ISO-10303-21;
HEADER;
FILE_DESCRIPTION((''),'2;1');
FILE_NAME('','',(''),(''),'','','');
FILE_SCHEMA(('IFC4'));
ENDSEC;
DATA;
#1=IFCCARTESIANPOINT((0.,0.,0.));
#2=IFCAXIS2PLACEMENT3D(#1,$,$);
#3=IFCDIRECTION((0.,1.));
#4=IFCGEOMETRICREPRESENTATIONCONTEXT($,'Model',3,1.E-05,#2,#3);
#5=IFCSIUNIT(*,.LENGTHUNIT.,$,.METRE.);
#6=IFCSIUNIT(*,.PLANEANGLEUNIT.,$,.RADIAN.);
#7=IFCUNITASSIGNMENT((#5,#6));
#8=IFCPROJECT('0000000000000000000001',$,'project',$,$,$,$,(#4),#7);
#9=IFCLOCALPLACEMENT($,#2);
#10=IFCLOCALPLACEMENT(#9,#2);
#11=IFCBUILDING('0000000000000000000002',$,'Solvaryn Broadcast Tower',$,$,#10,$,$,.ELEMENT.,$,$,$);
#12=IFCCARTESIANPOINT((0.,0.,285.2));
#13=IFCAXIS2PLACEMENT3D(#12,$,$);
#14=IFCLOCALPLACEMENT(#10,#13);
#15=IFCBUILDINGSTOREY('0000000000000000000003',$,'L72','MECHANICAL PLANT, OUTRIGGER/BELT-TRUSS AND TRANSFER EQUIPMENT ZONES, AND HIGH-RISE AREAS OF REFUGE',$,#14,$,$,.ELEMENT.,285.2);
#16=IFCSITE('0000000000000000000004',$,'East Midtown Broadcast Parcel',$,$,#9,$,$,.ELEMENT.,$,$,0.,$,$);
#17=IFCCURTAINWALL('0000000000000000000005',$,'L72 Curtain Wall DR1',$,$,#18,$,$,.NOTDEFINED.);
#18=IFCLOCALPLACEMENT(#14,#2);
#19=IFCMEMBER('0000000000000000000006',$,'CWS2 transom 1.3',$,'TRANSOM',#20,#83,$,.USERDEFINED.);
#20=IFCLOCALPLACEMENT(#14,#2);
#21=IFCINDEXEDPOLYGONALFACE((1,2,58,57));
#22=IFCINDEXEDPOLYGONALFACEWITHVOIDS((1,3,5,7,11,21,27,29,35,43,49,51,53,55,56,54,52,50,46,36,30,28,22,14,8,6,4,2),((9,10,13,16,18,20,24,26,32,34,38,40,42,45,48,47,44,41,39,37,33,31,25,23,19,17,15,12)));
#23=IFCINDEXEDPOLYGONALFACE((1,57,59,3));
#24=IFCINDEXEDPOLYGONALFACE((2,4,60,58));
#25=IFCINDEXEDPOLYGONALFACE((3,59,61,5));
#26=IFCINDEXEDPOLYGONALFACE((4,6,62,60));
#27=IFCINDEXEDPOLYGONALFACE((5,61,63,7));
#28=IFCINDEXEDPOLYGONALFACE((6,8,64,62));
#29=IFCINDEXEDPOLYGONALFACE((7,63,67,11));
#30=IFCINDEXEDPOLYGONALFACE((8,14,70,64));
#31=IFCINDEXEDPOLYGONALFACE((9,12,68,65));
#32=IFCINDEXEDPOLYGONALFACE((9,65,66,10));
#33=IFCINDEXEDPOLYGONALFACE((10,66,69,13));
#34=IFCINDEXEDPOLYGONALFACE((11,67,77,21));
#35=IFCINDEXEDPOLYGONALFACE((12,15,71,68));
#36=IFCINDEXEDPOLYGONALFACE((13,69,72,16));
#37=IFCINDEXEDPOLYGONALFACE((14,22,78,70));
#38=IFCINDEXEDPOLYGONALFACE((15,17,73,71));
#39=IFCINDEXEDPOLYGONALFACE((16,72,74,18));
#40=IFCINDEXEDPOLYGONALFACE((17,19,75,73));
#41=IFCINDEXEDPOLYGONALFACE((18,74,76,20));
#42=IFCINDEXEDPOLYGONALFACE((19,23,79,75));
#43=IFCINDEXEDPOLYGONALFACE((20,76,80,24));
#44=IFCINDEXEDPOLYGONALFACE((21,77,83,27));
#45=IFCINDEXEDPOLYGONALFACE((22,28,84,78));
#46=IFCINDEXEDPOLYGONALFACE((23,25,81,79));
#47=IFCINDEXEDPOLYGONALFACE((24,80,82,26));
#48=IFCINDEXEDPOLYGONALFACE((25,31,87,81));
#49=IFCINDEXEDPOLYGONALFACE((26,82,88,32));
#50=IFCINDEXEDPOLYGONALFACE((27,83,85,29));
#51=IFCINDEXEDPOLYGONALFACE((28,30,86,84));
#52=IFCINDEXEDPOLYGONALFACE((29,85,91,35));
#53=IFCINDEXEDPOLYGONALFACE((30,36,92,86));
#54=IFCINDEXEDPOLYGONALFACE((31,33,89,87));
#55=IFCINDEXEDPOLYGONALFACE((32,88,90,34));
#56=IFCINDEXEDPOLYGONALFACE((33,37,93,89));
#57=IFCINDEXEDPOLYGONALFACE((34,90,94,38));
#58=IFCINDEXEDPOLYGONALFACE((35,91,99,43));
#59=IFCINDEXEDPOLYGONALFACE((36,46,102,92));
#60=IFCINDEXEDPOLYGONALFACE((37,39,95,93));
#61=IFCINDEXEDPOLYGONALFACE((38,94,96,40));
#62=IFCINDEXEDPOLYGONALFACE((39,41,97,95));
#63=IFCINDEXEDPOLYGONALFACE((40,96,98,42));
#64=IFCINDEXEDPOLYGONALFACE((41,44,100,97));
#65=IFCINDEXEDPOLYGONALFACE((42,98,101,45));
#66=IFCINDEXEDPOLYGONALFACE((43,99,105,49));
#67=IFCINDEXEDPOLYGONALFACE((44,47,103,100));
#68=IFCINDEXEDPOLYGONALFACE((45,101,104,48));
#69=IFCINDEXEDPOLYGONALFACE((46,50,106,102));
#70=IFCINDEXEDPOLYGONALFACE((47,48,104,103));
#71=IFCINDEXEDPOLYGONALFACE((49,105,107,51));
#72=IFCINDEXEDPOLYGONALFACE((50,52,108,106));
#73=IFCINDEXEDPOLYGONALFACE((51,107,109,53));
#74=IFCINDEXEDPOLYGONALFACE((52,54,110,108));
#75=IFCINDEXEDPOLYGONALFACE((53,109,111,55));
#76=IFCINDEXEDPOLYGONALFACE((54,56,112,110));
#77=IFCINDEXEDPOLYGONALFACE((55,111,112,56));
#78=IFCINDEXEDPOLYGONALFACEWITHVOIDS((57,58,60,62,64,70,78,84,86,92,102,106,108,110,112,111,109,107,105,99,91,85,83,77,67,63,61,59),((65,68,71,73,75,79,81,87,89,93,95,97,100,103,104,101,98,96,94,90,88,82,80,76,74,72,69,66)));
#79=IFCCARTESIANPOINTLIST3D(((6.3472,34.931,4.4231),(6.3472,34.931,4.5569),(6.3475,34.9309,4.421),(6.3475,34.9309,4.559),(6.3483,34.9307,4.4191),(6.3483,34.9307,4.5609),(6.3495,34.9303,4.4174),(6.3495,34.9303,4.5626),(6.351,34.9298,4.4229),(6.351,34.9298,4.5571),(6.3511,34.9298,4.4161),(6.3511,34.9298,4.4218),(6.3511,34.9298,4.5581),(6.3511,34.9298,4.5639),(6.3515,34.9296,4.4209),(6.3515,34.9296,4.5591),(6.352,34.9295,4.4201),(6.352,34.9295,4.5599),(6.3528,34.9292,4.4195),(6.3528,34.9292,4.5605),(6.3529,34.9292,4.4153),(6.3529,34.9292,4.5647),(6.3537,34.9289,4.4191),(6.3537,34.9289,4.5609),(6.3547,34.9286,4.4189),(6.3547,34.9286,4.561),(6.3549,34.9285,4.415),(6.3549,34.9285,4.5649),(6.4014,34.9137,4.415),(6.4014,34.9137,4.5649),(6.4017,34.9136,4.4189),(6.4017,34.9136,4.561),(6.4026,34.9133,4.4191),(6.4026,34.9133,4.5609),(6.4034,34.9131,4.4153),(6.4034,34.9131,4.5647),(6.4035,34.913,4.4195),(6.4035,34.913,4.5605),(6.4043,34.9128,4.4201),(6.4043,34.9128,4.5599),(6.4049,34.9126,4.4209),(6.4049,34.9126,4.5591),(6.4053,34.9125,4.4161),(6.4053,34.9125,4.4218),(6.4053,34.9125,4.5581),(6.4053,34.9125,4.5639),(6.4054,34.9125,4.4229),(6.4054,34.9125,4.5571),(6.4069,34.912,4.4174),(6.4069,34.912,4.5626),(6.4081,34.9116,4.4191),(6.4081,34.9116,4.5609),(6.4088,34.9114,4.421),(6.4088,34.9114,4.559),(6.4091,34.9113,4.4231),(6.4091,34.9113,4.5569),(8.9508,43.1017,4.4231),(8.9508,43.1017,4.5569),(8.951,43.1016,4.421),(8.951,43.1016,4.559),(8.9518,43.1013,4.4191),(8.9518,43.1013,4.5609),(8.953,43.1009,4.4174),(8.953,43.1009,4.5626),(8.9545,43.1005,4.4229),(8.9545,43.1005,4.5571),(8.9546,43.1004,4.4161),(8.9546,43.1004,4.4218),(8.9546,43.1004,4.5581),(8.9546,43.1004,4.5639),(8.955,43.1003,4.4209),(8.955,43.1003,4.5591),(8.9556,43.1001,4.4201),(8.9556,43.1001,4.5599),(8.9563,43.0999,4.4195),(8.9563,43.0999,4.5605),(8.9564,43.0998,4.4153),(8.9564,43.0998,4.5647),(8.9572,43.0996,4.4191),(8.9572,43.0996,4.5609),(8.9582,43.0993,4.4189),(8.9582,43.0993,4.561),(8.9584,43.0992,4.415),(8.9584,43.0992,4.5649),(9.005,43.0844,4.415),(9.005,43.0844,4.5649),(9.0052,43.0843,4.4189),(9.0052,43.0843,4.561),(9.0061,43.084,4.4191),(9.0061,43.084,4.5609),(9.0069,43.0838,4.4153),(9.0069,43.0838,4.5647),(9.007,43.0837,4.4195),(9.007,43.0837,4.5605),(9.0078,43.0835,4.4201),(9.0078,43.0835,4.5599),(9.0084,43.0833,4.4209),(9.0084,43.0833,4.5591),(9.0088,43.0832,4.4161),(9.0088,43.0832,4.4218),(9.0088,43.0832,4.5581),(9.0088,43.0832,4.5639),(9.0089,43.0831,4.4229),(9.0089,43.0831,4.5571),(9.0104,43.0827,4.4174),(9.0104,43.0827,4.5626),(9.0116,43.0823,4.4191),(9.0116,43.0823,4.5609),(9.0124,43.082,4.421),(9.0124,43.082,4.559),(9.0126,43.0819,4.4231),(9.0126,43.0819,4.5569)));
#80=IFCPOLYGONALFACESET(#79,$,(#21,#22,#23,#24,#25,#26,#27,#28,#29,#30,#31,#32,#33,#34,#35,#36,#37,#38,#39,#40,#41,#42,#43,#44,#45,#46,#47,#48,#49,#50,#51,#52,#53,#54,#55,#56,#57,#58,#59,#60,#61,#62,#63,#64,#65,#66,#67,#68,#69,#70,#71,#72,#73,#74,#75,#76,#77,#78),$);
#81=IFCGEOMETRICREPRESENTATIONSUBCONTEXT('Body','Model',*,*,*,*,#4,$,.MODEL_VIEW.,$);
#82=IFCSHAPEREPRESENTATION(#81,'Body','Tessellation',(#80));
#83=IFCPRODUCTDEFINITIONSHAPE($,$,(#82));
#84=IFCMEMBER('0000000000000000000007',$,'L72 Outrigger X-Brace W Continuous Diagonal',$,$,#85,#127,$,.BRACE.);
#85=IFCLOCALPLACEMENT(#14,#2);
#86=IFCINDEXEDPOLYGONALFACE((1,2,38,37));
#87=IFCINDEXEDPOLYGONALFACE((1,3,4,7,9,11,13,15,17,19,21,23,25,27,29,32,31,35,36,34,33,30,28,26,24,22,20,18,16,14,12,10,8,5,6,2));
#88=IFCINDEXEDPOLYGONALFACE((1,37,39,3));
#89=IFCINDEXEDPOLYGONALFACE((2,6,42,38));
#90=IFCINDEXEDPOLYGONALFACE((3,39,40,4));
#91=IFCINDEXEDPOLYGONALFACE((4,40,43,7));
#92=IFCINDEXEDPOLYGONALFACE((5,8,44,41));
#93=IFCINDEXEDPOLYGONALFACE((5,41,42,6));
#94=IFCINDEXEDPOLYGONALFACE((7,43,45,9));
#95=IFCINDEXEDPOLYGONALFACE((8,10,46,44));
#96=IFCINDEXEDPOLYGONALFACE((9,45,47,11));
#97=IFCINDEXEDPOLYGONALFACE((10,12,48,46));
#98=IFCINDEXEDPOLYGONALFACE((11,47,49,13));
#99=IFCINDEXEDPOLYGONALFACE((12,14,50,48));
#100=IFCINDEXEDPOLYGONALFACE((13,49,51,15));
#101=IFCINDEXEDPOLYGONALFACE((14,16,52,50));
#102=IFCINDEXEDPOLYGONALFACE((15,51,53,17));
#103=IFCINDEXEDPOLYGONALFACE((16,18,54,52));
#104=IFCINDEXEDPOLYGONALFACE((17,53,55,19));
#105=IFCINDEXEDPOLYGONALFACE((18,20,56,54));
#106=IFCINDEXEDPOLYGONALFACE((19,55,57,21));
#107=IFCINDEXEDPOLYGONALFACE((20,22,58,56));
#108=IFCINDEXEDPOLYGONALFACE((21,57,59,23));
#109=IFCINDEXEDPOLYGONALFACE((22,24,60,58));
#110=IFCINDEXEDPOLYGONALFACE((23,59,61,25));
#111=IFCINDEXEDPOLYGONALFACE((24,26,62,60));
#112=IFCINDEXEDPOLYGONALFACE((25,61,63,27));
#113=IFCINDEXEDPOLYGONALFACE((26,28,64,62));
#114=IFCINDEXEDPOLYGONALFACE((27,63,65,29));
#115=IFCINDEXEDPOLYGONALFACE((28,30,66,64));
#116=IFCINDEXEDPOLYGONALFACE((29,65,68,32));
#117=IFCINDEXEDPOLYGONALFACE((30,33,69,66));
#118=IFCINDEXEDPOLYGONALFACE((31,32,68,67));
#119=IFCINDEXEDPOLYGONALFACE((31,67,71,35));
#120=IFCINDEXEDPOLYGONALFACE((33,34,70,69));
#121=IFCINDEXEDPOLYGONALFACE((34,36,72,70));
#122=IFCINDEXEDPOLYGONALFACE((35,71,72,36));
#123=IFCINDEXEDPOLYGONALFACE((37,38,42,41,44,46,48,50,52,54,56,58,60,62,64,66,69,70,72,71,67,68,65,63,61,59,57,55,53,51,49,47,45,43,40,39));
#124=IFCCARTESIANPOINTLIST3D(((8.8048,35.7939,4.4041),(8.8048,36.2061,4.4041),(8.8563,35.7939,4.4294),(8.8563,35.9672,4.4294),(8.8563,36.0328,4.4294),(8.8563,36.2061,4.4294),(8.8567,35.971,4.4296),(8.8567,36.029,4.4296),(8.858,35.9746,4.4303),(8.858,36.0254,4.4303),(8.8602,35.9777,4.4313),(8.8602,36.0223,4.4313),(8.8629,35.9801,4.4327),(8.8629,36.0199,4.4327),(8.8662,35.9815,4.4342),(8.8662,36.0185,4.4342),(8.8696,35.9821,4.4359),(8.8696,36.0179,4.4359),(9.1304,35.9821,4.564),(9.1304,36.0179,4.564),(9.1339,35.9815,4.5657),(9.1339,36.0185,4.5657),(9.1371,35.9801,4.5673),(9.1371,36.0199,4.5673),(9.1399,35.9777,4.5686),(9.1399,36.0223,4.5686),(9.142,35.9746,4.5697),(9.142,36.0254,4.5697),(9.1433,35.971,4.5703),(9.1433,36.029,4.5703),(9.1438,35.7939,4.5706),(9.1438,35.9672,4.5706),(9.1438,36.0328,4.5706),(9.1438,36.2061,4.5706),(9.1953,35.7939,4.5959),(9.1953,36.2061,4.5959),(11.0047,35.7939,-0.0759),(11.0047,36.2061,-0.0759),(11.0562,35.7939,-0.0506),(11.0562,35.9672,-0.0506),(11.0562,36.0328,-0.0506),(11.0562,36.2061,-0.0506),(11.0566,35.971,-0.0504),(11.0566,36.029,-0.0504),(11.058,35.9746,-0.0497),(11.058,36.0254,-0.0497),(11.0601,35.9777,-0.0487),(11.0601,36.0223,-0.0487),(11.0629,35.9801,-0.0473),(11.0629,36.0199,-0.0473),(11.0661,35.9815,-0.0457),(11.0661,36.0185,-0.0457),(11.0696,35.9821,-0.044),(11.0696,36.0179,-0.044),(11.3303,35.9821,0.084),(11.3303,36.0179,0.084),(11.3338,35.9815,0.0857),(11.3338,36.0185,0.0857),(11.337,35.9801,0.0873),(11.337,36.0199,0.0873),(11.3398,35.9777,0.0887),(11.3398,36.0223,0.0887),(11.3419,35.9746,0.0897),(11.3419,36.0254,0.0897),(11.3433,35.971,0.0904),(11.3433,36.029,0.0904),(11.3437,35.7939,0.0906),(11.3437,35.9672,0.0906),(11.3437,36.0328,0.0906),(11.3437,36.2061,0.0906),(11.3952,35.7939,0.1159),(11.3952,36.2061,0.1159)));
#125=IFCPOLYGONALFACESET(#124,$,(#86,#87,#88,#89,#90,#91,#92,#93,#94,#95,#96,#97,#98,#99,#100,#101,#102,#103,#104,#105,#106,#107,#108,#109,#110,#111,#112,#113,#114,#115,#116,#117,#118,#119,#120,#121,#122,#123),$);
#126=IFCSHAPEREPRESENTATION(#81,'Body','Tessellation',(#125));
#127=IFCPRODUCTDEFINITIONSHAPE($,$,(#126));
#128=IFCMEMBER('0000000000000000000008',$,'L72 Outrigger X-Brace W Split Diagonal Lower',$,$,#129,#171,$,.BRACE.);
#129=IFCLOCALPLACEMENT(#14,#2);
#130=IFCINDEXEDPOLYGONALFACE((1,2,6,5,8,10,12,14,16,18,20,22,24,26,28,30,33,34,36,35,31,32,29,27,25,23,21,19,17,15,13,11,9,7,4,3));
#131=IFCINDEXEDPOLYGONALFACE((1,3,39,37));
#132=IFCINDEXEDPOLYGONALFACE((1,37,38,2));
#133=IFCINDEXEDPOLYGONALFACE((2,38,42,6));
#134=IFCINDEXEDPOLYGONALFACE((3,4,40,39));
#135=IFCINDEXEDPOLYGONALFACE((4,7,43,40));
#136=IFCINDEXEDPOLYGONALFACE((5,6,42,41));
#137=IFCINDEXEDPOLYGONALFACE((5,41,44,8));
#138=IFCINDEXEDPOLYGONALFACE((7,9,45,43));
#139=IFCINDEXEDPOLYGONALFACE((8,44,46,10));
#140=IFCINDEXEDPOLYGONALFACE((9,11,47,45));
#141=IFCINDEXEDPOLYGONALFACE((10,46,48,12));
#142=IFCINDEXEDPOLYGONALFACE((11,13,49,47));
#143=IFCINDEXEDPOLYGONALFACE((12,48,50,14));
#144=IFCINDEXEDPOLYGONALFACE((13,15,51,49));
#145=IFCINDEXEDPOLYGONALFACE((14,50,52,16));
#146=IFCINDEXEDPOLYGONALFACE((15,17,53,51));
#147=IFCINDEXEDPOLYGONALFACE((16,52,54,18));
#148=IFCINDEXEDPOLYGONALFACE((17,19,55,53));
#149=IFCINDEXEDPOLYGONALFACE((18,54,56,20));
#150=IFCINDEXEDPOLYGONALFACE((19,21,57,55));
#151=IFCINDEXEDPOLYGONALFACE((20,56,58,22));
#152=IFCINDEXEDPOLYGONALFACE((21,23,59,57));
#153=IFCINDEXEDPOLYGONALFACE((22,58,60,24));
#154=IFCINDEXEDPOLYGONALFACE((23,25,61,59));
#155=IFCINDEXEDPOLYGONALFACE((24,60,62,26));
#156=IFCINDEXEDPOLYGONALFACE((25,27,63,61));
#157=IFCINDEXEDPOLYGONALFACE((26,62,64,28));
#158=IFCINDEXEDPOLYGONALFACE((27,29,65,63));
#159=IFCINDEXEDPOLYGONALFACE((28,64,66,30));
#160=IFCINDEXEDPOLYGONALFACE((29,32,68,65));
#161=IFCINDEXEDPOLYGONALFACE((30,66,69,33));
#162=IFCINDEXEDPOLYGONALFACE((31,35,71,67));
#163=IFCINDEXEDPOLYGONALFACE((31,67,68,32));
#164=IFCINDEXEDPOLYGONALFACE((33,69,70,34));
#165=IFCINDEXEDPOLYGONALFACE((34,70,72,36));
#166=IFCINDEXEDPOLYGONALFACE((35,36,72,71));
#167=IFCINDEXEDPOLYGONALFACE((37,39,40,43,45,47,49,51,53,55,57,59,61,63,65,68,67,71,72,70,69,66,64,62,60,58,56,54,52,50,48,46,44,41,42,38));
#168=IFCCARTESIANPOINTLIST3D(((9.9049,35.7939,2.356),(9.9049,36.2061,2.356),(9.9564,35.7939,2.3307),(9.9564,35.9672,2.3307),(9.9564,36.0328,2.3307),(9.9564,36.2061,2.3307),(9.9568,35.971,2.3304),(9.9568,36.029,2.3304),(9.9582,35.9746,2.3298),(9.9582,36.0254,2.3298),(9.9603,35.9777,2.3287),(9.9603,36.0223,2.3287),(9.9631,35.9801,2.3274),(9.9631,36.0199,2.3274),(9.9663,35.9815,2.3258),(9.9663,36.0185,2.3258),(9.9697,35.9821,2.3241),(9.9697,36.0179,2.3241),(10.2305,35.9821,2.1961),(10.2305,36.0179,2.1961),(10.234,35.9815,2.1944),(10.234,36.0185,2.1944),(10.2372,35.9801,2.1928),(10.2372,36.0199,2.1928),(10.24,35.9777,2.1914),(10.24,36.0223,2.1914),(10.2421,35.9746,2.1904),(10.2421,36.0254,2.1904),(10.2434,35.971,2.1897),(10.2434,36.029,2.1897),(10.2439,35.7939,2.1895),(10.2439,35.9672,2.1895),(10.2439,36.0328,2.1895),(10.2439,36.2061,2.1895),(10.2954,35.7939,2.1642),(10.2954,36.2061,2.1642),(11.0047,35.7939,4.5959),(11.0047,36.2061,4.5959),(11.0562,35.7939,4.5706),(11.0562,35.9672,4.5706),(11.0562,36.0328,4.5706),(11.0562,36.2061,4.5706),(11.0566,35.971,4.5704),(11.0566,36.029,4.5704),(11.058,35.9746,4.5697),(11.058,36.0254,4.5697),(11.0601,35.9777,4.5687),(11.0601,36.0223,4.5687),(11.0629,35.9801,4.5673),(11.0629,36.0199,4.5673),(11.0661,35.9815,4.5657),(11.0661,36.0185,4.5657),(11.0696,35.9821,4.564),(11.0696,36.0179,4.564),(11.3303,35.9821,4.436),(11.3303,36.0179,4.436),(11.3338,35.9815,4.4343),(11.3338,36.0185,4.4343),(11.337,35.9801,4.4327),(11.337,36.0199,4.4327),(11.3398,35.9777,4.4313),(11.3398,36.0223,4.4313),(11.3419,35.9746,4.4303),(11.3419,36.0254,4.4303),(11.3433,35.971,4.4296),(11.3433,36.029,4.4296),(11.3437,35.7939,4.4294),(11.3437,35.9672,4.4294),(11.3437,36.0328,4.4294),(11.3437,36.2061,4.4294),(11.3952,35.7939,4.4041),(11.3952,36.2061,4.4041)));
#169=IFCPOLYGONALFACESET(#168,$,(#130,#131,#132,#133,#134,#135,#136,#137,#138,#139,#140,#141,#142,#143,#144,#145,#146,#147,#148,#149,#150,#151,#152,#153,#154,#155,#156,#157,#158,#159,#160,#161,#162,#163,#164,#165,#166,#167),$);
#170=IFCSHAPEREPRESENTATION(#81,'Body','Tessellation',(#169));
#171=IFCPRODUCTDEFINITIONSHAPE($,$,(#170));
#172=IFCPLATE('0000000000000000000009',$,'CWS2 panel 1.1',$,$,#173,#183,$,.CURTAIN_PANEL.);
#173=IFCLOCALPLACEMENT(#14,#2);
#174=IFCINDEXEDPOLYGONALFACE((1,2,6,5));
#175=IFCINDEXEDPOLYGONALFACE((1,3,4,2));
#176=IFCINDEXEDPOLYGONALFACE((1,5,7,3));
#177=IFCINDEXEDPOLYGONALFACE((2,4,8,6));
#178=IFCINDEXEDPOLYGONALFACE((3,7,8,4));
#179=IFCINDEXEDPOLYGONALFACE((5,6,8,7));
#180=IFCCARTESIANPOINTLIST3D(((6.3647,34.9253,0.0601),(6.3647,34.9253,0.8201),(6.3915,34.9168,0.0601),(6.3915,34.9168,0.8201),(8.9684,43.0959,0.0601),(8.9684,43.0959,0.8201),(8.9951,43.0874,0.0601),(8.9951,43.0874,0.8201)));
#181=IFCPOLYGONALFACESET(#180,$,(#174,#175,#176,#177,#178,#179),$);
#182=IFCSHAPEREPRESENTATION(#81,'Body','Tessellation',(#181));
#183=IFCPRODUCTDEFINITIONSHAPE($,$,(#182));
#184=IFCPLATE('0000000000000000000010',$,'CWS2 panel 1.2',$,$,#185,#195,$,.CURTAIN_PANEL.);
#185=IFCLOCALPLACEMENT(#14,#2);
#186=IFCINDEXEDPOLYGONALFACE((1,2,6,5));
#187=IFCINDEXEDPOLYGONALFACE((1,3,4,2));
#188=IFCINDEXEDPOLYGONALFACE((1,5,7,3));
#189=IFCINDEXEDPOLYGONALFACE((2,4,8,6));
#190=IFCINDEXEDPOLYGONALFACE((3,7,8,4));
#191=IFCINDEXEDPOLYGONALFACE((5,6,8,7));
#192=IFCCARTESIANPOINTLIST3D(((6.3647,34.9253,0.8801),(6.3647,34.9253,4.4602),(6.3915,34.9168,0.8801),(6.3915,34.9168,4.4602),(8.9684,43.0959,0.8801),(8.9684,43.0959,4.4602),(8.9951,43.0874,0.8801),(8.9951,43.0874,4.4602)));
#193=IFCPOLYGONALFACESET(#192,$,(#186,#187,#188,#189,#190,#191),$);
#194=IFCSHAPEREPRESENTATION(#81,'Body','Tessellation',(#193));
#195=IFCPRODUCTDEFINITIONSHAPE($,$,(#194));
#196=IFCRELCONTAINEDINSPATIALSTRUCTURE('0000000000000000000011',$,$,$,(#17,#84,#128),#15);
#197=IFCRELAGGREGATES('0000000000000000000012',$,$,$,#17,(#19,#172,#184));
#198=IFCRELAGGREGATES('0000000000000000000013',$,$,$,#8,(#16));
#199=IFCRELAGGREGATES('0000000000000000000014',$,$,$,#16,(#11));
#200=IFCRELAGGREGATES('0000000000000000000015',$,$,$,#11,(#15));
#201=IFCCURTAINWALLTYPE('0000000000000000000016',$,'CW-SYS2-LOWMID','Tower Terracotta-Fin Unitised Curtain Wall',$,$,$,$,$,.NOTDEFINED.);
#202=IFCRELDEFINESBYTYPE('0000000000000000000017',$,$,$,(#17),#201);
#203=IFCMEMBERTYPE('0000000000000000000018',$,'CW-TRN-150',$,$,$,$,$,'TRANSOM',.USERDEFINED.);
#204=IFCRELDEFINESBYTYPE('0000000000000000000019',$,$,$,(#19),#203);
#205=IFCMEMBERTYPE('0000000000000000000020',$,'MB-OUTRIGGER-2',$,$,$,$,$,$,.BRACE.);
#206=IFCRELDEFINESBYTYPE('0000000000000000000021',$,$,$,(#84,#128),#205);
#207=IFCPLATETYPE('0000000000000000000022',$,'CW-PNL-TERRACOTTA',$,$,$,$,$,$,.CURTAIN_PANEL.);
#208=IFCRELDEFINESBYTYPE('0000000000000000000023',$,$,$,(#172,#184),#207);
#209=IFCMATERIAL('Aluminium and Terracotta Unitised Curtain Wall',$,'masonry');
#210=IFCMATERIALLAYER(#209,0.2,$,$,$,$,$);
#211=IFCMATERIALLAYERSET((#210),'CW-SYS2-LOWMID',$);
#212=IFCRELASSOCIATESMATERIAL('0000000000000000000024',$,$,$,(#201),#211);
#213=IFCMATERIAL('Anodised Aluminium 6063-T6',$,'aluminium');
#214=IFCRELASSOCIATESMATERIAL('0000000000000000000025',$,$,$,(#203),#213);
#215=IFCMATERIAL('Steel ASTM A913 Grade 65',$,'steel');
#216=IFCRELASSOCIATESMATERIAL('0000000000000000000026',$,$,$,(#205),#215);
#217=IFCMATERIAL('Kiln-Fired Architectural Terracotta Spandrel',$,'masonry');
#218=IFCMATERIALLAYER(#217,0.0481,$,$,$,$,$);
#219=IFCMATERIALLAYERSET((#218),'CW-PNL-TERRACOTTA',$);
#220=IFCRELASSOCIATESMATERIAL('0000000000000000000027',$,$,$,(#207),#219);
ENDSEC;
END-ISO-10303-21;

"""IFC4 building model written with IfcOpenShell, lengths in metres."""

from ifc_helpers import new_model, si_unit, direction, frame, origin, origin_2d, place, context, subcontext, project, spatial, rectangle, hollow_rectangle, i_section, extrude, material, layer, layer_set, material_profile, profile_set, type_object, element, aggregate, save


model = new_model("IFC4")

# Units and contexts
model_context = context("Model", 3, precision=1e-05, world=origin(), true_north=direction((0.0, 1.0)))
body_context = subcontext(model_context, "Body", "Model", "MODEL_VIEW")
ifc_project = project(units=[si_unit("LENGTHUNIT", "METRE"), si_unit("PLANEANGLEUNIT", "RADIAN")], contexts=[model_context])

# Site, building, storey
site_placement = place(None, origin())
site = spatial("IfcSite", under=ifc_project, at=site_placement, Name="East Midtown Broadcast Parcel", CompositionType="ELEMENT", RefElevation=0.0)
building_placement = place(site_placement, origin())
building = spatial("IfcBuilding", under=site, at=building_placement, Name="Solvaryn Broadcast Tower", CompositionType="ELEMENT")
storey_placement = place(building_placement, frame((0.0, 0.0, 285.2)))
storey = spatial("IfcBuildingStorey", under=building, at=storey_placement, Name="L72", Description="MECHANICAL PLANT, OUTRIGGER/BELT-TRUSS AND TRANSFER EQUIPMENT ZONES, AND HIGH-RISE AREAS OF REFUGE", CompositionType="ELEMENT", Elevation=285.2)

# Curtain wall
ifc_material_1 = material(Name="Aluminium and Terracotta Unitised Curtain Wall", Category="masonry")
ifc_layer_1 = layer(ifc_material_1, 0.2)
ifc_layer_set_1 = layer_set([ifc_layer_1], Name="CW-SYS2-LOWMID")
curtain_wall_type = type_object("IfcCurtainWallType", Name="CW-SYS2-LOWMID", Description="Tower Terracotta-Fin Unitised Curtain Wall", PredefinedType="NOTDEFINED", material=ifc_layer_set_1)
curtain_wall_1_placement = place(storey_placement, origin())
curtain_wall_1 = element("IfcCurtainWall", 1, at=curtain_wall_1_placement, inside=storey, type_object=curtain_wall_type, Name="L72 Curtain Wall DR1", PredefinedType="NOTDEFINED")

# Member
ifc_material_2 = material(Name="Anodised Aluminium 6063-T6", Category="aluminium")
ifc_material_profile_1 = material_profile(ifc_material_2, hollow_rectangle(XDim=0.0649, YDim=0.1499, WallThickness=0.0039, InnerFilletRadius=0.0039, OuterFilletRadius=0.0081, at=origin_2d()))
ifc_profile_set_1 = profile_set([ifc_material_profile_1], Name="Anodised Aluminium 6063-T6")
member_type_1 = type_object("IfcMemberType", Name="CW-TRN-150", ElementType="TRANSOM", PredefinedType="USERDEFINED", material=ifc_profile_set_1)
member_1_placement = place(storey_placement, frame((8.9817, 43.0918, 4.49), z_axis=(-0.303602, -0.952799, 0.0), x_axis=(0.952799, -0.303602, 0.0)))
member_1 = element("IfcMember", 2, at=member_1_placement, type_object=member_type_1, Name="CWS2 transom 1.3", ObjectType="TRANSOM", PredefinedType="USERDEFINED", context=body_context, shape_type="SweptSolid", body=[
    extrude(hollow_rectangle(XDim=0.0649, YDim=0.1499, WallThickness=0.0039, InnerFilletRadius=0.0039, OuterFilletRadius=0.0081, at=origin_2d()), origin(), (0.0, 0.0, 1.0), 8.5754),
])

# Members
ifc_material_3 = material(Name="Steel ASTM A913 Grade 65", Category="steel")
ifc_material_profile_2 = material_profile(ifc_material_3, i_section(OverallWidth=0.4121, OverallDepth=0.4351, WebThickness=0.0359, FlangeThickness=0.0574, FilletRadius=0.0149, at=origin_2d()))
ifc_profile_set_2 = profile_set([ifc_material_profile_2], Name="Steel ASTM A913 Grade 65")
member_type_2 = type_object("IfcMemberType", Name="MB-OUTRIGGER-2", PredefinedType="BRACE", material=ifc_profile_set_2)
member_2_placement = place(storey_placement, frame((11.2, 36.0, 0.02), z_axis=(-0.440784, 0.0, 0.897613), x_axis=(0.0, -1.0, 0.0)))
element("IfcMember", 3, at=member_2_placement, inside=storey, type_object=member_type_2, Name="L72 Outrigger X-Brace W Continuous Diagonal", PredefinedType="BRACE", context=body_context, shape_type="SweptSolid", body=[
    extrude(i_section(OverallWidth=0.4121, OverallDepth=0.4351, WebThickness=0.0359, FlangeThickness=0.0574, FilletRadius=0.0149, at=origin_2d()), origin(), (0.0, 0.0, 1.0), 4.991),
])
member_3_placement = place(storey_placement, frame((11.2, 36.0, 4.5), z_axis=(-0.440745, 0.0, -0.897632), x_axis=(0.0, -1.0, 0.0)))
element("IfcMember", 4, at=member_3_placement, inside=storey, type_object=member_type_2, Name="L72 Outrigger X-Brace W Split Diagonal Lower", PredefinedType="BRACE", context=body_context, shape_type="SweptSolid", body=[
    extrude(i_section(OverallWidth=0.4121, OverallDepth=0.4351, WebThickness=0.0359, FlangeThickness=0.0574, FilletRadius=0.0149, at=origin_2d()), origin(), (0.0, 0.0, 1.0), 2.4954),
])

# Plates
ifc_material_4 = material(Name="Kiln-Fired Architectural Terracotta Spandrel", Category="masonry")
ifc_layer_2 = layer(ifc_material_4, 0.0481)
ifc_layer_set_2 = layer_set([ifc_layer_2], Name="CW-PNL-TERRACOTTA")
plate_type_1 = type_object("IfcPlateType", Name="CW-PNL-TERRACOTTA", PredefinedType="CURTAIN_PANEL", material=ifc_layer_set_2)
plate_1_placement = place(storey_placement, frame((7.6799, 39.0063, 0.0601), z_axis=(0.0, 0.0, 1.0), x_axis=(-0.303616, -0.952795, 0.0)))
plate_1 = element("IfcPlate", 5, at=plate_1_placement, type_object=plate_type_1, Name="CWS2 panel 1.1", PredefinedType="CURTAIN_PANEL", context=body_context, shape_type="SweptSolid", body=[
    extrude(rectangle(XDim=8.5754, YDim=0.0281, at=origin_2d()), origin(), (0.0, 0.0, 1.0), 0.76),
])
plate_2_placement = place(storey_placement, frame((7.6799, 39.0063, 0.8801), z_axis=(0.0, 0.0, 1.0), x_axis=(-0.303616, -0.952795, 0.0)))
plate_2 = element("IfcPlate", 6, at=plate_2_placement, type_object=plate_type_1, Name="CWS2 panel 1.2", PredefinedType="CURTAIN_PANEL", context=body_context, shape_type="SweptSolid", body=[
    extrude(rectangle(XDim=8.5754, YDim=0.0281, at=origin_2d()), origin(), (0.0, 0.0, 1.0), 3.5801),
])
aggregate(curtain_wall_1, [member_1, plate_1, plate_2])

save(model, "model.ifc")
